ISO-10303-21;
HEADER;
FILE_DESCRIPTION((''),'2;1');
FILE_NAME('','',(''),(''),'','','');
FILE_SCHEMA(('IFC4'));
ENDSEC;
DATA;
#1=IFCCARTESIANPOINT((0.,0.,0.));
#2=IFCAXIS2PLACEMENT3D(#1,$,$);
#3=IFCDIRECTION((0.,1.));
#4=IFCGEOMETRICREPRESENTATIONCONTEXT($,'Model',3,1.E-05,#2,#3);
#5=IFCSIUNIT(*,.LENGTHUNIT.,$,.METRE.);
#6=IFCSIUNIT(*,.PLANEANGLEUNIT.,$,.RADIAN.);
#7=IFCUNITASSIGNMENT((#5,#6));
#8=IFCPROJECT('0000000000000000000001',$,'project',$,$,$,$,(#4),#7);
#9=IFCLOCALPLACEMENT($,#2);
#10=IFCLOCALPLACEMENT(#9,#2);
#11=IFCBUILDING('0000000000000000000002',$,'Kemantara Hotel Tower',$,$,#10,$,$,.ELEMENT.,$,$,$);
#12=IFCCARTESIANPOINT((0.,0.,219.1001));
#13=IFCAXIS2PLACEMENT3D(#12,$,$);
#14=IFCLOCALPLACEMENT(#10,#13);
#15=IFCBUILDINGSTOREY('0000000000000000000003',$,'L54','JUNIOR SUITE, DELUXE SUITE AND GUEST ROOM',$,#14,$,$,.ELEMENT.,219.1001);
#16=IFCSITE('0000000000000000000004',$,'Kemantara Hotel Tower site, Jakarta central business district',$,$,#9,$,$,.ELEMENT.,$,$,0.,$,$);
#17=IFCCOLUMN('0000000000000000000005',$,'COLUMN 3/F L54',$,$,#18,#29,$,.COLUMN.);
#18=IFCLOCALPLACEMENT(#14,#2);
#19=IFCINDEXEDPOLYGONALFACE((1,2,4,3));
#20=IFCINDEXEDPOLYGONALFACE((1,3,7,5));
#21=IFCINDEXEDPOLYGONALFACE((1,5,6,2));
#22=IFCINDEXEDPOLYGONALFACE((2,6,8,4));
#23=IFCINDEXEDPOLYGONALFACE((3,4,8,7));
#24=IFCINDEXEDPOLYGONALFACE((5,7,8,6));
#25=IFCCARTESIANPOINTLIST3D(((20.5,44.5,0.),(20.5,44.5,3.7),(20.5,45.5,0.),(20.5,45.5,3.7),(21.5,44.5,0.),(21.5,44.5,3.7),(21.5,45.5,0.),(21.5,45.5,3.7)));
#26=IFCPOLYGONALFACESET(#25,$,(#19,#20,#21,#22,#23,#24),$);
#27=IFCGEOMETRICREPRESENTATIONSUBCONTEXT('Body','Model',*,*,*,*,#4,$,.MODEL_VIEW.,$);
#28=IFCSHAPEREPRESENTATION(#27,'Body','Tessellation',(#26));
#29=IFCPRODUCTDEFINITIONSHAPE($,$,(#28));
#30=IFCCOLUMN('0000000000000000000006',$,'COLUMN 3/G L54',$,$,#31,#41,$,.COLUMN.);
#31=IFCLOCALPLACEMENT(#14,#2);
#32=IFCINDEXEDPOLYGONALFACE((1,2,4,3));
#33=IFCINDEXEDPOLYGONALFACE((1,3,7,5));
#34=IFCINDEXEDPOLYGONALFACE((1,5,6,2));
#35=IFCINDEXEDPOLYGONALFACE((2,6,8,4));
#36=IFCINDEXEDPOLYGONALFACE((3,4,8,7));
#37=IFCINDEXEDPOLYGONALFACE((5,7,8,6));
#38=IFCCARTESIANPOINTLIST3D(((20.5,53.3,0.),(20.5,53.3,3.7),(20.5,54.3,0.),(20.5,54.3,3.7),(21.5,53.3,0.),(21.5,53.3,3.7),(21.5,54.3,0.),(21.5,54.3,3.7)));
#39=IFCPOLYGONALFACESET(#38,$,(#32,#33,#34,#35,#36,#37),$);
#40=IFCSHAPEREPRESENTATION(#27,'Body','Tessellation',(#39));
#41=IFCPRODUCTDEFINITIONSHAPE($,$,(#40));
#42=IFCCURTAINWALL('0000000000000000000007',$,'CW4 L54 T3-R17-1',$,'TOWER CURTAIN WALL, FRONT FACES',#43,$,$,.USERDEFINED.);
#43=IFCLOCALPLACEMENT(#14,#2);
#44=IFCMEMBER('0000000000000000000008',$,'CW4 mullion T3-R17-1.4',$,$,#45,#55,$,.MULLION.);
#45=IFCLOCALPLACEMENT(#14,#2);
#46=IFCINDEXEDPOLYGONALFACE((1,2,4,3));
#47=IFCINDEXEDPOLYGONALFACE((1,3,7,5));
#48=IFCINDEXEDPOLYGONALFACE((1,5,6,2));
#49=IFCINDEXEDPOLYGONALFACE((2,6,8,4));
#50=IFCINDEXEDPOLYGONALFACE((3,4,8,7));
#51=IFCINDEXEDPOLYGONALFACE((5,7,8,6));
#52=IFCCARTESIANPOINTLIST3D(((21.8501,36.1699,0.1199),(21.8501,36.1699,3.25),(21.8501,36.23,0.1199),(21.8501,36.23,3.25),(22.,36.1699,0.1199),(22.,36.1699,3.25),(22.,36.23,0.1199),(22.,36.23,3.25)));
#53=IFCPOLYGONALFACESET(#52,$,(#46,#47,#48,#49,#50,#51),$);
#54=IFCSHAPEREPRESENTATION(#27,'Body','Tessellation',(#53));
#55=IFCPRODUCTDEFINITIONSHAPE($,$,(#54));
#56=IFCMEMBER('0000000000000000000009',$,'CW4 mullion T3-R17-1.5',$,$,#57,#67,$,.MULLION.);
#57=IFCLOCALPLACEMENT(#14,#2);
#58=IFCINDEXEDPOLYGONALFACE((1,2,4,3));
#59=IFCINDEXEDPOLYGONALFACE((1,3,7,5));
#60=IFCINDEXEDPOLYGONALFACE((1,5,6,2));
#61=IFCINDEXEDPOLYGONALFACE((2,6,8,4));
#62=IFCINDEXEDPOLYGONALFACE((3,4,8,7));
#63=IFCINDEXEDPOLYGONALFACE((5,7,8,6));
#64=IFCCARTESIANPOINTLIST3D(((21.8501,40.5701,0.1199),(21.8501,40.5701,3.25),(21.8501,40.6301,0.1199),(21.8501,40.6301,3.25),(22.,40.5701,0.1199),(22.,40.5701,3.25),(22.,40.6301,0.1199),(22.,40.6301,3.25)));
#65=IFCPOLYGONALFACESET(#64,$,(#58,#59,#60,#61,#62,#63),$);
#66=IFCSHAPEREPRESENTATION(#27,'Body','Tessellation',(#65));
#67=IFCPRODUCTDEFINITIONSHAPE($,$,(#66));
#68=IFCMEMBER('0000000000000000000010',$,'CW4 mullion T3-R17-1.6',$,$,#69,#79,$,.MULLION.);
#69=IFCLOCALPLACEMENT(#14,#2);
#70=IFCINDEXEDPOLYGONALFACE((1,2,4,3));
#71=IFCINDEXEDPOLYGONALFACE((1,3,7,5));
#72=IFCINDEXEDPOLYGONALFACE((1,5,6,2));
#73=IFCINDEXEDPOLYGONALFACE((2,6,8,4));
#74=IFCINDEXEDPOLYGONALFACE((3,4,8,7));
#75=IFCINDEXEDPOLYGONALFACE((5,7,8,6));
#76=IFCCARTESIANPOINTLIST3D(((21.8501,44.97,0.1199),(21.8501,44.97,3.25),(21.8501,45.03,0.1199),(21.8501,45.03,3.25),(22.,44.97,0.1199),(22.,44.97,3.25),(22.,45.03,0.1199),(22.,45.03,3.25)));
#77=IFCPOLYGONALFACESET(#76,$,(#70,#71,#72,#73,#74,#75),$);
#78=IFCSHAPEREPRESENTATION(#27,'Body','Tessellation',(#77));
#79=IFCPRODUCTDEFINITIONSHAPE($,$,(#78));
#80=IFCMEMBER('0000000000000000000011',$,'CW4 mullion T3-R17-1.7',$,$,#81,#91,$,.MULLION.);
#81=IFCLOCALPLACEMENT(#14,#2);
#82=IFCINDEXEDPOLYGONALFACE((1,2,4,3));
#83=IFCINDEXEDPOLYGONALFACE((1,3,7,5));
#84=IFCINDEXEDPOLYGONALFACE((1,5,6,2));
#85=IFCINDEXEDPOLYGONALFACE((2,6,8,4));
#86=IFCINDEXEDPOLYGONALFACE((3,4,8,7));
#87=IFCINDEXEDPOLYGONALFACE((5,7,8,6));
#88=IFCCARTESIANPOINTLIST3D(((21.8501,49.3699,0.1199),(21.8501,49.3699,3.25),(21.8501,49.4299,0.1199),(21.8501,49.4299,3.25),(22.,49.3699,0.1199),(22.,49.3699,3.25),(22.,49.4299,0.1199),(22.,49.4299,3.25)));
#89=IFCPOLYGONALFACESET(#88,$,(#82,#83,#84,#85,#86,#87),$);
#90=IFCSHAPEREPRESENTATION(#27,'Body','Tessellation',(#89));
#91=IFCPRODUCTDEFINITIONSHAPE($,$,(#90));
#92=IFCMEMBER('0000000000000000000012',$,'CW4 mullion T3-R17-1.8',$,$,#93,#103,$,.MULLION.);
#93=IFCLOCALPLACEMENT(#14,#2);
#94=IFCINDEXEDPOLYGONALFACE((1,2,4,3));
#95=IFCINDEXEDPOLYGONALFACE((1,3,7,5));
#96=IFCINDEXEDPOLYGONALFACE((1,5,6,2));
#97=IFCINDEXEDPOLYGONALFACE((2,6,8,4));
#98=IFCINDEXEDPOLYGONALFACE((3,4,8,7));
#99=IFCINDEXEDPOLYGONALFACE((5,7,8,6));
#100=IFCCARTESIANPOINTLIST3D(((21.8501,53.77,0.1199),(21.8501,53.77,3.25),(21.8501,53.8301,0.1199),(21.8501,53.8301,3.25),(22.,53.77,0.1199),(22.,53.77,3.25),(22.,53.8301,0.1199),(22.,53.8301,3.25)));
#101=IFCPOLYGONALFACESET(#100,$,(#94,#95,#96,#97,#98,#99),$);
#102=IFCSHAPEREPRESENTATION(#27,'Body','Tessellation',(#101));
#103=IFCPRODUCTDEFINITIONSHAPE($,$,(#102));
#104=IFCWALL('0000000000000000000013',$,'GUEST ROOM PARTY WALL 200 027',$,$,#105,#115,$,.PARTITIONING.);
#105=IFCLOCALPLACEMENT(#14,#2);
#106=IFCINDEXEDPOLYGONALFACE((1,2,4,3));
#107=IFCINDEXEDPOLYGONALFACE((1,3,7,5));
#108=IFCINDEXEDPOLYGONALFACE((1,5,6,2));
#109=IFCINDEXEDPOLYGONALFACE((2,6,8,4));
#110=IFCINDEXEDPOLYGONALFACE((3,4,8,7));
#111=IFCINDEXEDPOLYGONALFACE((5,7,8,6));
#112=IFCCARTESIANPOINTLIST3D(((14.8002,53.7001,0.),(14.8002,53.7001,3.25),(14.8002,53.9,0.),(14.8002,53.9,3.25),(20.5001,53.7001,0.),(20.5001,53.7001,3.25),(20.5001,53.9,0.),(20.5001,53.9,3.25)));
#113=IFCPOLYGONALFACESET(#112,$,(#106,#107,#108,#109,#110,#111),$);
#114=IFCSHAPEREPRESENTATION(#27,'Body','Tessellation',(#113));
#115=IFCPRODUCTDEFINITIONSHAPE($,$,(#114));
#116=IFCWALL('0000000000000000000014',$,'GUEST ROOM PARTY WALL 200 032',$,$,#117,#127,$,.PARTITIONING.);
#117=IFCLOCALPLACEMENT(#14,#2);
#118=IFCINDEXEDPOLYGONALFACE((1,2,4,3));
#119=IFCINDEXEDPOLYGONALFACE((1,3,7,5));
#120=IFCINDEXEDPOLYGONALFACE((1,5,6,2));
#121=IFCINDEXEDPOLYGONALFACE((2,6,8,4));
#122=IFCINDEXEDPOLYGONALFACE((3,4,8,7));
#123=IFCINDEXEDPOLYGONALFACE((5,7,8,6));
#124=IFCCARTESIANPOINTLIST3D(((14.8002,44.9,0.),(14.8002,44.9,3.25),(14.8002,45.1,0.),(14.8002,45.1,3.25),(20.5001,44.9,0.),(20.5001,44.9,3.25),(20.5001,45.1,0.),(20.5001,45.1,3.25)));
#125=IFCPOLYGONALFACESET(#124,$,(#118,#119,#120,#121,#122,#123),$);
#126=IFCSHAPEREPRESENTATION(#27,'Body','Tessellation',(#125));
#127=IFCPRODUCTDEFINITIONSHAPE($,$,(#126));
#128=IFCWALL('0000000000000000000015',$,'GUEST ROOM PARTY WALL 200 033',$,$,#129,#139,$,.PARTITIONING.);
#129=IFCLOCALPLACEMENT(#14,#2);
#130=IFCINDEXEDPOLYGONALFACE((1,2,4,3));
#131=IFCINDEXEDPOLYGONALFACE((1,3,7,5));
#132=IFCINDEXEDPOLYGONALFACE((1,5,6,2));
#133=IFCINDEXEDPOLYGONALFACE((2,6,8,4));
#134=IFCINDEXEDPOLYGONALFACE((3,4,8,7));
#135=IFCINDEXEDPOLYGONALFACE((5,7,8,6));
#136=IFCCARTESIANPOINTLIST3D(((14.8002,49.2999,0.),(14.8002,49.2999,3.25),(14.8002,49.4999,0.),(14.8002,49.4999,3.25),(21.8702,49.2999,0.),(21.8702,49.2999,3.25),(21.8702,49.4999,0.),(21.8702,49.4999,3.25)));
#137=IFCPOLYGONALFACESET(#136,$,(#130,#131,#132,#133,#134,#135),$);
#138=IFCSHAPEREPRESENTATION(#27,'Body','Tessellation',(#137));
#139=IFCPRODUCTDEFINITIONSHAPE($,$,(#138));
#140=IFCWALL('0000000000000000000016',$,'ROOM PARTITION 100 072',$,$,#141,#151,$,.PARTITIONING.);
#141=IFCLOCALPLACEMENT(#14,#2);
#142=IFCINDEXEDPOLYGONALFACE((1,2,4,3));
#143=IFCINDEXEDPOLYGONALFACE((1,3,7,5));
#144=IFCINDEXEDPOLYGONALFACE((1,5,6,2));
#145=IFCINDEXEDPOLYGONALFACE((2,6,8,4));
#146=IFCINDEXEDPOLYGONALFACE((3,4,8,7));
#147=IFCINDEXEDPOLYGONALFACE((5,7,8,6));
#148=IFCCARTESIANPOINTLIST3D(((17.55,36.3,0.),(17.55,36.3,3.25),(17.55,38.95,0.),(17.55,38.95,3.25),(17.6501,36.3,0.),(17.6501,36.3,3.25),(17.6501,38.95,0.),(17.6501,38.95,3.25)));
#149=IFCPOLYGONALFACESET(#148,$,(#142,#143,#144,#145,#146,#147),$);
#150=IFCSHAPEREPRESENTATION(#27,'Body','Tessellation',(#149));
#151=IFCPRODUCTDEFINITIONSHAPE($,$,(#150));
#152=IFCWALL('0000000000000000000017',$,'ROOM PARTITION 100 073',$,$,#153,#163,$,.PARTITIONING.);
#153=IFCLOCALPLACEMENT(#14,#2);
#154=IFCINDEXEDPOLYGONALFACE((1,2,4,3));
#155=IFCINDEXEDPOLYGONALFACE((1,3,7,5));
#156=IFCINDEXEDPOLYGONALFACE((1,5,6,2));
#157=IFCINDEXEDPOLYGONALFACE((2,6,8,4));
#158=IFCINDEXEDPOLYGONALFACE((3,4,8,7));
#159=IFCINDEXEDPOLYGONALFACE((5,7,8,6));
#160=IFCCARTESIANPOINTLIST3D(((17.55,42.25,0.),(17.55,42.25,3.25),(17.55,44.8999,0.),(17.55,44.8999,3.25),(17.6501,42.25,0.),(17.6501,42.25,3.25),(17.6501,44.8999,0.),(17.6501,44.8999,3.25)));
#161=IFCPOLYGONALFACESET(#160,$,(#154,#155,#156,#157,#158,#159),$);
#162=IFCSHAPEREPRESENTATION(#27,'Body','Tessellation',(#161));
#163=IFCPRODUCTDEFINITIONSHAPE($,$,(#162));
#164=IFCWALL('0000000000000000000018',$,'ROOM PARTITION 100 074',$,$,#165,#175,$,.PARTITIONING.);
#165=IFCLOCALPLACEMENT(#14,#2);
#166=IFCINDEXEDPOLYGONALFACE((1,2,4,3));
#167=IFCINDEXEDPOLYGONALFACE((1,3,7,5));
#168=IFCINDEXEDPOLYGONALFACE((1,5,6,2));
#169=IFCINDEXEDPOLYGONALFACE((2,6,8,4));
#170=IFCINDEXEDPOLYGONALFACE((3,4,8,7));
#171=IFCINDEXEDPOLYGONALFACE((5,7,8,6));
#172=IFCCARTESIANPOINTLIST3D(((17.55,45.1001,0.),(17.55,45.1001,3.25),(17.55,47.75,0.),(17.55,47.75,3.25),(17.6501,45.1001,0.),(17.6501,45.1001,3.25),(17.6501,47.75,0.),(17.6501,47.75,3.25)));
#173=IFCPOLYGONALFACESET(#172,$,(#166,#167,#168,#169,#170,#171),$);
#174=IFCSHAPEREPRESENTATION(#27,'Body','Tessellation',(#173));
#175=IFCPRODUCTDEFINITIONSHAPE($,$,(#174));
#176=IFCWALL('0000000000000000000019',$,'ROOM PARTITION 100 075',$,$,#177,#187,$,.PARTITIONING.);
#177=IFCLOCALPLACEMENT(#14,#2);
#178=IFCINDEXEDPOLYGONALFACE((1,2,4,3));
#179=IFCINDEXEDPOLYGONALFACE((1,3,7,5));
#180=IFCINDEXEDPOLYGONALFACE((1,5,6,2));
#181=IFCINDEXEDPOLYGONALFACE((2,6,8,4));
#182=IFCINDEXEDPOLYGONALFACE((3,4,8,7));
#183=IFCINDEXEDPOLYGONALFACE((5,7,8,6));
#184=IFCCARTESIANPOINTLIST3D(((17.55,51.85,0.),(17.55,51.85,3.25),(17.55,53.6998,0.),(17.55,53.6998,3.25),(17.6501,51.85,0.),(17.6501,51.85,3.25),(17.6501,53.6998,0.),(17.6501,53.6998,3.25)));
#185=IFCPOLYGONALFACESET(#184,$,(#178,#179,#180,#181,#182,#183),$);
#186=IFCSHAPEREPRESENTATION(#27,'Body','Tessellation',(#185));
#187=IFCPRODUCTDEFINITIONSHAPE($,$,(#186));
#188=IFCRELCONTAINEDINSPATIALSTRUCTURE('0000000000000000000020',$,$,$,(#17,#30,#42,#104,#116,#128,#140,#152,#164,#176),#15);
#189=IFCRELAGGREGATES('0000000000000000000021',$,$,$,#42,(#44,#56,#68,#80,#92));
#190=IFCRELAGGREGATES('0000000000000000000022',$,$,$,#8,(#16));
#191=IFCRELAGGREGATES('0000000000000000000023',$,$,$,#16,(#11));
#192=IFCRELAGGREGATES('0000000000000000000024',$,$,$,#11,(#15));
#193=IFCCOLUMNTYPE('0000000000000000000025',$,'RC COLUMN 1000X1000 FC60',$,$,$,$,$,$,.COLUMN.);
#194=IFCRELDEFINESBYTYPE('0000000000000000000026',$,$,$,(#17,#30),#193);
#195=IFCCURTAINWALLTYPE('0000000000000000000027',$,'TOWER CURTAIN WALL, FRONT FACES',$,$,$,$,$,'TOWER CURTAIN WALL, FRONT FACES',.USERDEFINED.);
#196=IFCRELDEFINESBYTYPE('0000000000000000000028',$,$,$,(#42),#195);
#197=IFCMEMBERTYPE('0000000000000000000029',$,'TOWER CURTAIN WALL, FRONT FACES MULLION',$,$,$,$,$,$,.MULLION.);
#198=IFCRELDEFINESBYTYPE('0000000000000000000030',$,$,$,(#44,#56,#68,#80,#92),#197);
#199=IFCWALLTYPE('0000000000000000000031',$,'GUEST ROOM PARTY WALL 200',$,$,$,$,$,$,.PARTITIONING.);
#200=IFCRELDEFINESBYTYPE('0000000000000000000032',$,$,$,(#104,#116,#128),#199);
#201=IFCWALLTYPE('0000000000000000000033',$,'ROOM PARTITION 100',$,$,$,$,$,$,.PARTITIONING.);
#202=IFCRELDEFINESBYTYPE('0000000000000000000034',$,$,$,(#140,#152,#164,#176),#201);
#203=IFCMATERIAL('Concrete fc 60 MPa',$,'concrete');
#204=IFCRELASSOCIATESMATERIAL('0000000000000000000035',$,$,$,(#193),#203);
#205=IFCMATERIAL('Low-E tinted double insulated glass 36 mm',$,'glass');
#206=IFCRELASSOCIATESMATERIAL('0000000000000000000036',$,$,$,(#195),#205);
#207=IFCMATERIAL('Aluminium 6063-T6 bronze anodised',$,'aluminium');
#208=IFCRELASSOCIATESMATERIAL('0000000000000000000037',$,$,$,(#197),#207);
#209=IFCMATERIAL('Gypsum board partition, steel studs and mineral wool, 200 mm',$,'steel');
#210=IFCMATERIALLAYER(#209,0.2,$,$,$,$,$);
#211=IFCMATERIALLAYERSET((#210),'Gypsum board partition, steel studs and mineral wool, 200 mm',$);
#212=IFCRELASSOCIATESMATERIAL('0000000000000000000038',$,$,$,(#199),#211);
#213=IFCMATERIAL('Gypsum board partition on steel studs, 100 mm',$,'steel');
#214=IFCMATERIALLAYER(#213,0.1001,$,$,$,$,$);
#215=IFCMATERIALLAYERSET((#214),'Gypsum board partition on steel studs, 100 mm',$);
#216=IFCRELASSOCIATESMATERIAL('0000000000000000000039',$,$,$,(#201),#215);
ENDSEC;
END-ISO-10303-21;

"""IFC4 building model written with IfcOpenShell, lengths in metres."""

from ifc_helpers import new_model, si_unit, direction, frame, frame_2d, origin, origin_2d, place, context, subcontext, project, spatial, rectangle, extrude, source, transform, mapped, material, layer, layer_set, material_profile, profile_set, type_object, element, aggregate, save


model = new_model("IFC4")

# Units and contexts
model_context = context("Model", 3, precision=1e-05, world=origin(), true_north=direction((0.0, 1.0)))
body_context = subcontext(model_context, "Body", "Model", "MODEL_VIEW")
ifc_project = project(units=[si_unit("LENGTHUNIT", "METRE"), si_unit("PLANEANGLEUNIT", "RADIAN")], contexts=[model_context])

# Site, building, storey
site_placement = place(None, origin())
site = spatial("IfcSite", under=ifc_project, at=site_placement, Name="Kemantara Hotel Tower site, Jakarta central business district", CompositionType="ELEMENT", RefElevation=0.0)
building_placement = place(site_placement, origin())
building = spatial("IfcBuilding", under=site, at=building_placement, Name="Kemantara Hotel Tower", CompositionType="ELEMENT")
storey_placement = place(building_placement, frame((0.0, 0.0, 219.1001)))
storey = spatial("IfcBuildingStorey", under=building, at=storey_placement, Name="L54", Description="JUNIOR SUITE, DELUXE SUITE AND GUEST ROOM", CompositionType="ELEMENT", Elevation=219.1001)

# Columns
ifc_material_1 = material(Name="Concrete fc 60 MPa", Category="concrete")
ifc_material_profile_1 = material_profile(ifc_material_1, rectangle(XDim=1.0, YDim=1.0, at=origin_2d()), Name="RC 1000X1000")
ifc_profile_set_1 = profile_set([ifc_material_profile_1], Name="Concrete fc 60 MPa")
column_type = type_object("IfcColumnType", Name="RC COLUMN 1000X1000 FC60", PredefinedType="COLUMN", material=ifc_profile_set_1)
for number, where, z_axis, x_axis, name in (
    (1, (21.0, 45.0, 0.0), (0.0, 0.0, 1.0), (1.0, 0.0, 0.0), "COLUMN 3/F L54"),
    (2, (21.0, 53.8, 0.0), (0.0, 0.0, 1.0), (1.0, 0.0, 0.0), "COLUMN 3/G L54"),
):
    element("IfcColumn", number, at=place(storey_placement, frame(where, z_axis=z_axis, x_axis=x_axis)), inside=storey, type_object=column_type, Name=name, PredefinedType="COLUMN", context=body_context, shape_type="SweptSolid", body=[
        extrude(rectangle(XDim=1.0, YDim=1.0, at=origin_2d()), origin(), (0.0, 0.0, 1.0), 3.7),
    ])

# Curtain wall, members
ifc_material_2 = material(Name="Low-E tinted double insulated glass 36 mm", Category="glass")
curtain_wall_type = type_object("IfcCurtainWallType", Name="TOWER CURTAIN WALL, FRONT FACES", ElementType="TOWER CURTAIN WALL, FRONT FACES", PredefinedType="USERDEFINED", material=ifc_material_2)
curtain_wall_placement = place(storey_placement, origin())
curtain_wall = element("IfcCurtainWall", 3, at=curtain_wall_placement, inside=storey, type_object=curtain_wall_type, Name="CW4 L54 T3-R17-1", ObjectType="TOWER CURTAIN WALL, FRONT FACES", PredefinedType="USERDEFINED")
ifc_material_3 = material(Name="Aluminium 6063-T6 bronze anodised", Category="aluminium")
ifc_material_profile_2 = material_profile(ifc_material_3, rectangle(XDim=0.1499, YDim=0.0601, at=origin_2d()), Name="TOWER CURTAIN WALL, FRONT FACES MULLION")
ifc_profile_set_2 = profile_set([ifc_material_profile_2], Name="Aluminium 6063-T6 bronze anodised")
member_type = type_object("IfcMemberType", Name="TOWER CURTAIN WALL, FRONT FACES MULLION", PredefinedType="MULLION", material=ifc_profile_set_2)
shared_shape = source(origin(), body_context, "Body", "SweptSolid", [
    extrude(rectangle(XDim=0.1499, YDim=0.0601, at=origin_2d()), origin(), (0.0, 0.0, 1.0), 3.1301),
])
member_1_placement = place(storey_placement, frame((21.925, 36.2, 0.1199), z_axis=(0.0, 0.0, 1.0), x_axis=(-1.0, 0.0, 0.0)))
member_1 = element("IfcMember", 4, at=member_1_placement, type_object=member_type, Name="CW4 mullion T3-R17-1.4", PredefinedType="MULLION", context=body_context, shape_type="MappedRepresentation", body=[
    mapped(shared_shape, transform((0.0, 0.0, 0.0))),
])
member_2_placement = place(storey_placement, frame((21.925, 40.6001, 0.1199), z_axis=(0.0, 0.0, 1.0), x_axis=(-1.0, 0.0, 0.0)))
member_2 = element("IfcMember", 5, at=member_2_placement, type_object=member_type, Name="CW4 mullion T3-R17-1.5", PredefinedType="MULLION", context=body_context, shape_type="MappedRepresentation", body=[
    mapped(shared_shape, transform((0.0, 0.0, 0.0))),
])
member_3_placement = place(storey_placement, frame((21.925, 45.0, 0.1199), z_axis=(0.0, 0.0, 1.0), x_axis=(-1.0, 0.0, 0.0)))
member_3 = element("IfcMember", 6, at=member_3_placement, type_object=member_type, Name="CW4 mullion T3-R17-1.6", PredefinedType="MULLION", context=body_context, shape_type="MappedRepresentation", body=[
    mapped(shared_shape, transform((0.0, 0.0, 0.0))),
])
member_4_placement = place(storey_placement, frame((21.925, 49.3999, 0.1199), z_axis=(0.0, 0.0, 1.0), x_axis=(-1.0, 0.0, 0.0)))
member_4 = element("IfcMember", 7, at=member_4_placement, type_object=member_type, Name="CW4 mullion T3-R17-1.7", PredefinedType="MULLION", context=body_context, shape_type="MappedRepresentation", body=[
    mapped(shared_shape, transform((0.0, 0.0, 0.0))),
])
member_5_placement = place(storey_placement, frame((21.925, 53.8, 0.1199), z_axis=(0.0, 0.0, 1.0), x_axis=(-1.0, 0.0, 0.0)))
member_5 = element("IfcMember", 8, at=member_5_placement, type_object=member_type, Name="CW4 mullion T3-R17-1.8", PredefinedType="MULLION", context=body_context, shape_type="MappedRepresentation", body=[
    mapped(shared_shape, transform((0.0, 0.0, 0.0))),
])
aggregate(curtain_wall, [member_1, member_2, member_3, member_4, member_5])

# Walls
ifc_material_4 = material(Name="Gypsum board partition, steel studs and mineral wool, 200 mm", Category="steel")
ifc_layer_1 = layer(ifc_material_4, 0.2)
ifc_layer_set_1 = layer_set([ifc_layer_1], Name="Gypsum board partition, steel studs and mineral wool, 200 mm")
wall_type_1 = type_object("IfcWallType", Name="GUEST ROOM PARTY WALL 200", PredefinedType="PARTITIONING", material=ifc_layer_set_1)
for number, where, z_axis, x_axis, name in (
    (9, (14.8, 53.8, 0.0), (0.0, 0.0, 1.0), (1.0, 0.0, 0.0), "GUEST ROOM PARTY WALL 200 027"),
    (10, (14.8, 45.0, 0.0), (0.0, 0.0, 1.0), (1.0, 0.0, 0.0), "GUEST ROOM PARTY WALL 200 032"),
):
    element("IfcWall", number, at=place(storey_placement, frame(where, z_axis=z_axis, x_axis=x_axis)), inside=storey, type_object=wall_type_1, Name=name, PredefinedType="PARTITIONING", context=body_context, shape_type="SweptSolid", body=[
        extrude(rectangle(XDim=5.7, YDim=0.2, at=frame_2d((2.8501, 0.0))), origin(), (0.0, 0.0, 1.0), 3.25),
    ])
wall_1_placement = place(storey_placement, frame((14.8, 49.3999, 0.0), z_axis=(0.0, 0.0, 1.0), x_axis=(1.0, 0.0, 0.0)))
element("IfcWall", 11, at=wall_1_placement, inside=storey, type_object=wall_type_1, Name="GUEST ROOM PARTY WALL 200 033", PredefinedType="PARTITIONING", context=body_context, shape_type="SweptSolid", body=[
    extrude(rectangle(XDim=7.0701, YDim=0.2, at=frame_2d((3.5352, 0.0))), origin(), (0.0, 0.0, 1.0), 3.25),
])
ifc_material_5 = material(Name="Gypsum board partition on steel studs, 100 mm", Category="steel")
ifc_layer_2 = layer(ifc_material_5, 0.1001)
ifc_layer_set_2 = layer_set([ifc_layer_2], Name="Gypsum board partition on steel studs, 100 mm")
wall_type_2 = type_object("IfcWallType", Name="ROOM PARTITION 100", PredefinedType="PARTITIONING", material=ifc_layer_set_2)
for number, where, z_axis, x_axis, name in (
    (12, (17.6001, 36.3, 0.0), (0.0, 0.0, 1.0), (0.0, 1.0, 0.0), "ROOM PARTITION 100 072"),
    (13, (17.6001, 42.25, 0.0), (0.0, 0.0, 1.0), (0.0, 1.0, 0.0), "ROOM PARTITION 100 073"),
    (14, (17.6001, 45.1001, 0.0), (0.0, 0.0, 1.0), (0.0, 1.0, 0.0), "ROOM PARTITION 100 074"),
):
    element("IfcWall", number, at=place(storey_placement, frame(where, z_axis=z_axis, x_axis=x_axis)), inside=storey, type_object=wall_type_2, Name=name, PredefinedType="PARTITIONING", context=body_context, shape_type="SweptSolid", body=[
        extrude(rectangle(XDim=2.6499, YDim=0.1001, at=frame_2d((1.325, 0.0))), origin(), (0.0, 0.0, 1.0), 3.25),
    ])
wall_2_placement = place(storey_placement, frame((17.6001, 51.8501, 0.0), z_axis=(0.0, 0.0, 1.0), x_axis=(0.0, 1.0, 0.0)))
element("IfcWall", 15, at=wall_2_placement, inside=storey, type_object=wall_type_2, Name="ROOM PARTITION 100 075", PredefinedType="PARTITIONING", context=body_context, shape_type="SweptSolid", body=[
    extrude(rectangle(XDim=1.8499, YDim=0.1001, at=frame_2d((0.9248, 0.0))), origin(), (0.0, 0.0, 1.0), 3.25),
])

save(model, "model.ifc")
